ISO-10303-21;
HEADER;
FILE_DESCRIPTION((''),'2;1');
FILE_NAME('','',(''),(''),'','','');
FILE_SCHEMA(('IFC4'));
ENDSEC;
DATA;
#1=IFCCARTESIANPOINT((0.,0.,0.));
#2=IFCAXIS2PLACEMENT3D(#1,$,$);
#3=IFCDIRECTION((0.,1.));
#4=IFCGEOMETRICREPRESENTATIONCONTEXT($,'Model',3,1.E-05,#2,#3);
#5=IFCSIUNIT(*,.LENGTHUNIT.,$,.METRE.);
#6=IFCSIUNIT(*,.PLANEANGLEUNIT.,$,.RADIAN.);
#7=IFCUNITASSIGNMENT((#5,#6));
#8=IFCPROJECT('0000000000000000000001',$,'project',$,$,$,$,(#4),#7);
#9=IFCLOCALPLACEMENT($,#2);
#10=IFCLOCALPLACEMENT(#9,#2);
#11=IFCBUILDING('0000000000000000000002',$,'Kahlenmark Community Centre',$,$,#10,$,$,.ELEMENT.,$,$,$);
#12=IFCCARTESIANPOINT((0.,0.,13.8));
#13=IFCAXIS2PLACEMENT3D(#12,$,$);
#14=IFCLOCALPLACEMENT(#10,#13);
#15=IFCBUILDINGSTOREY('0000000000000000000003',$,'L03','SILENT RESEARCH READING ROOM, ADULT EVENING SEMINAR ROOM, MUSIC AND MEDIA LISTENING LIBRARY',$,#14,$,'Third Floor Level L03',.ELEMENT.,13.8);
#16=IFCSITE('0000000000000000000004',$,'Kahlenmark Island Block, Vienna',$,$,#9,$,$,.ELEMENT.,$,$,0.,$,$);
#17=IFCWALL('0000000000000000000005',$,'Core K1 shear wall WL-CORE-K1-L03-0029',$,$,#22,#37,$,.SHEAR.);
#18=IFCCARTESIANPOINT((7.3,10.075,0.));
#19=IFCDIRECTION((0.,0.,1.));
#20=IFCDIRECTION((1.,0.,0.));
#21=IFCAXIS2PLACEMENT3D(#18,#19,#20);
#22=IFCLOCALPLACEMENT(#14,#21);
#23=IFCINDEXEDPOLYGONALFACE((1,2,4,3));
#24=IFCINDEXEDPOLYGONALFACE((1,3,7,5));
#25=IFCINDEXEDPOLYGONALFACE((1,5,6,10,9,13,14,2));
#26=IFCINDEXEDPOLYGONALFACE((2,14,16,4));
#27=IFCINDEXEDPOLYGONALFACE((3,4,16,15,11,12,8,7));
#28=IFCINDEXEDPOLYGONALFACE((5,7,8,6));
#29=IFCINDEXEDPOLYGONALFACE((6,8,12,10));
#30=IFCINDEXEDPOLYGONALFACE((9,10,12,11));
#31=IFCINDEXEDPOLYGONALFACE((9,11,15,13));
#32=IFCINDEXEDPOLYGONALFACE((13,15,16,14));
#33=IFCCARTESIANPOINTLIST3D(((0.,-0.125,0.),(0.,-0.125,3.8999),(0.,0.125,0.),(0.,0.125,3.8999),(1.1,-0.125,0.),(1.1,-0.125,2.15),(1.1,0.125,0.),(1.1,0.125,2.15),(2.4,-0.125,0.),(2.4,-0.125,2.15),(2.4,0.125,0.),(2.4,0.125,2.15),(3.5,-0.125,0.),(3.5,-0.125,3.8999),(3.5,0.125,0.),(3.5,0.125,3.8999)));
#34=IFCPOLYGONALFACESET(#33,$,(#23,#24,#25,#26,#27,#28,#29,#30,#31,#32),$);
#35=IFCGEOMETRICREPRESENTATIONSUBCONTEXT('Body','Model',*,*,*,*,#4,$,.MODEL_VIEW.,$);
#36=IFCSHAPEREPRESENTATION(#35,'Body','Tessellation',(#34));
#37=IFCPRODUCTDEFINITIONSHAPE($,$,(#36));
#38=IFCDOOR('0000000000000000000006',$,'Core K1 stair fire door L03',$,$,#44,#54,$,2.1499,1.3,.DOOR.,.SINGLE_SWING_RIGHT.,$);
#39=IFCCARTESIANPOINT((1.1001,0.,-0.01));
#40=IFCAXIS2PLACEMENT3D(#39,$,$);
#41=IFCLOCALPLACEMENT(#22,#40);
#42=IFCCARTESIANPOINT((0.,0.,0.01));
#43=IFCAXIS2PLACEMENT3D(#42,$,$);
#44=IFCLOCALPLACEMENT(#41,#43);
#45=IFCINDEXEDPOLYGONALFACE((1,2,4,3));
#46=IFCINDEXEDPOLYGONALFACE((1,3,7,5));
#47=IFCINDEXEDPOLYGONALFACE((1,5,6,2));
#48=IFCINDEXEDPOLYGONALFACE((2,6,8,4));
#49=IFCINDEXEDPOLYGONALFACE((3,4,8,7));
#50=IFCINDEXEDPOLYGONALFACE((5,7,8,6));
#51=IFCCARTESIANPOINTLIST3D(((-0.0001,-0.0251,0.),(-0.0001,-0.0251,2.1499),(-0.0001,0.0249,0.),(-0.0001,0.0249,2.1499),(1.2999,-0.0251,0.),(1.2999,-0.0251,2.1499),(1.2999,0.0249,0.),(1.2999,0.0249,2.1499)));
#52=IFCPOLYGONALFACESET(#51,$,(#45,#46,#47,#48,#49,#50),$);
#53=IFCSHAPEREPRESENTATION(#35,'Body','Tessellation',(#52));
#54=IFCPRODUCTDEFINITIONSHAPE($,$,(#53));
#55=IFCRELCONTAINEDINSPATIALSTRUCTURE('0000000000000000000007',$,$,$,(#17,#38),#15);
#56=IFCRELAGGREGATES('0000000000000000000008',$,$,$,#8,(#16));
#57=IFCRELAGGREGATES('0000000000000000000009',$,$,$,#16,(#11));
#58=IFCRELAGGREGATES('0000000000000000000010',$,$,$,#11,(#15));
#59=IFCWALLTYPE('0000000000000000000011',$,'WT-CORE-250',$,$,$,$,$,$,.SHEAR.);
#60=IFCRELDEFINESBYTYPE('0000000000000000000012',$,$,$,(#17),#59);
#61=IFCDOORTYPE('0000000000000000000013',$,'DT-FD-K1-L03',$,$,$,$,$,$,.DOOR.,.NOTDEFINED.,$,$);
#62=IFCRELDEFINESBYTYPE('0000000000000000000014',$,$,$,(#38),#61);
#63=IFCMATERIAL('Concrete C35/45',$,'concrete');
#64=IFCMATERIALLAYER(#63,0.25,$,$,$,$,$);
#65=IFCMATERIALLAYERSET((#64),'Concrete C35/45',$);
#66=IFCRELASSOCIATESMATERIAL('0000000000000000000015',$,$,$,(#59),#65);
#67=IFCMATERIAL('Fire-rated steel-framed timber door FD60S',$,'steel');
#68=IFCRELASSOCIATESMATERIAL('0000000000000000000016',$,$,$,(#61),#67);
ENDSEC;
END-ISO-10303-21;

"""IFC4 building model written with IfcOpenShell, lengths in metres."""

from ifc_helpers import new_model, si_unit, direction, frame, frame_2d, origin, place, context, subcontext, project, spatial, rectangle, extrude, material, layer, layer_set, type_object, element, fill, save


model = new_model("IFC4")

# Units and contexts
model_context = context("Model", 3, precision=1e-05, world=origin(), true_north=direction((0.0, 1.0)))
body_context = subcontext(model_context, "Body", "Model", "MODEL_VIEW")
ifc_project = project(units=[si_unit("LENGTHUNIT", "METRE"), si_unit("PLANEANGLEUNIT", "RADIAN")], contexts=[model_context])

# Site, building, storey
site_placement = place(None, origin())
site = spatial("IfcSite", under=ifc_project, at=site_placement, Name="Kahlenmark Island Block, Vienna", CompositionType="ELEMENT", RefElevation=0.0)
building_placement = place(site_placement, origin())
building = spatial("IfcBuilding", under=site, at=building_placement, Name="Kahlenmark Community Centre", CompositionType="ELEMENT")
storey_placement = place(building_placement, frame((0.0, 0.0, 13.8)))
storey = spatial("IfcBuildingStorey", under=building, at=storey_placement, Name="L03", Description="SILENT RESEARCH READING ROOM, ADULT EVENING SEMINAR ROOM, MUSIC AND MEDIA LISTENING LIBRARY", LongName="Third Floor Level L03", CompositionType="ELEMENT", Elevation=13.8)

# Wall, opening, door
ifc_material_1 = material(Name="Concrete C35/45", Category="concrete")
ifc_layer_1 = layer(ifc_material_1, 0.25)
ifc_layer_set_1 = layer_set([ifc_layer_1], Name="Concrete C35/45")
wall_type_1 = type_object("IfcWallType", Name="WT-CORE-250", PredefinedType="SHEAR", material=ifc_layer_set_1)
wall_1_placement = place(storey_placement, frame((7.3, 10.075, 0.0), z_axis=(0.0, 0.0, 1.0), x_axis=(1.0, 0.0, 0.0)))
wall_1 = element("IfcWall", 1, at=wall_1_placement, inside=storey, type_object=wall_type_1, Name="Core K1 shear wall WL-CORE-K1-L03-0029", PredefinedType="SHEAR", context=body_context, shape_type="SweptSolid", body=[
    extrude(rectangle(XDim=3.5, YDim=0.25, at=frame_2d((1.75, 0.0))), origin(), (0.0, 0.0, 1.0), 3.8999),
])
opening_placement = place(wall_1_placement, frame((1.1001, 0.0, -0.01)))
opening = element("IfcOpeningElement", 2, at=opening_placement, cuts=wall_1, PredefinedType="OPENING", context=body_context, shape_type="SweptSolid", body=[
    extrude(rectangle(XDim=1.3, YDim=2.1599, at=frame_2d((0.6499, 1.0801))), frame((0.0, 0.135, 0.0), z_axis=(0.0, -1.0, 0.0), x_axis=(1.0, 0.0, 0.0)), (0.0, 0.0, 1.0), 0.27),
])
ifc_material_2 = material(Name="Fire-rated steel-framed timber door FD60S", Category="steel")
door_type = type_object("IfcDoorType", Name="DT-FD-K1-L03", OperationType="NOTDEFINED", PredefinedType="DOOR", material=ifc_material_2)
door_placement = place(opening_placement, frame((0.0, 0.0, 0.01)))
door = element("IfcDoor", 3, at=door_placement, inside=storey, type_object=door_type, Name="Core K1 stair fire door L03", OperationType="SINGLE_SWING_RIGHT", OverallHeight=2.1499, OverallWidth=1.3, PredefinedType="DOOR", context=body_context, shape_type="SweptSolid", body=[
    extrude(rectangle(XDim=1.3, YDim=2.1499, at=frame_2d((0.6499, 1.075))), frame((0.0, 0.0249, 0.0), z_axis=(0.0, -1.0, 0.0), x_axis=(1.0, 0.0, 0.0)), (0.0, 0.0, 1.0), 0.05),
])
fill(opening, door)

save(model, "model.ifc")
